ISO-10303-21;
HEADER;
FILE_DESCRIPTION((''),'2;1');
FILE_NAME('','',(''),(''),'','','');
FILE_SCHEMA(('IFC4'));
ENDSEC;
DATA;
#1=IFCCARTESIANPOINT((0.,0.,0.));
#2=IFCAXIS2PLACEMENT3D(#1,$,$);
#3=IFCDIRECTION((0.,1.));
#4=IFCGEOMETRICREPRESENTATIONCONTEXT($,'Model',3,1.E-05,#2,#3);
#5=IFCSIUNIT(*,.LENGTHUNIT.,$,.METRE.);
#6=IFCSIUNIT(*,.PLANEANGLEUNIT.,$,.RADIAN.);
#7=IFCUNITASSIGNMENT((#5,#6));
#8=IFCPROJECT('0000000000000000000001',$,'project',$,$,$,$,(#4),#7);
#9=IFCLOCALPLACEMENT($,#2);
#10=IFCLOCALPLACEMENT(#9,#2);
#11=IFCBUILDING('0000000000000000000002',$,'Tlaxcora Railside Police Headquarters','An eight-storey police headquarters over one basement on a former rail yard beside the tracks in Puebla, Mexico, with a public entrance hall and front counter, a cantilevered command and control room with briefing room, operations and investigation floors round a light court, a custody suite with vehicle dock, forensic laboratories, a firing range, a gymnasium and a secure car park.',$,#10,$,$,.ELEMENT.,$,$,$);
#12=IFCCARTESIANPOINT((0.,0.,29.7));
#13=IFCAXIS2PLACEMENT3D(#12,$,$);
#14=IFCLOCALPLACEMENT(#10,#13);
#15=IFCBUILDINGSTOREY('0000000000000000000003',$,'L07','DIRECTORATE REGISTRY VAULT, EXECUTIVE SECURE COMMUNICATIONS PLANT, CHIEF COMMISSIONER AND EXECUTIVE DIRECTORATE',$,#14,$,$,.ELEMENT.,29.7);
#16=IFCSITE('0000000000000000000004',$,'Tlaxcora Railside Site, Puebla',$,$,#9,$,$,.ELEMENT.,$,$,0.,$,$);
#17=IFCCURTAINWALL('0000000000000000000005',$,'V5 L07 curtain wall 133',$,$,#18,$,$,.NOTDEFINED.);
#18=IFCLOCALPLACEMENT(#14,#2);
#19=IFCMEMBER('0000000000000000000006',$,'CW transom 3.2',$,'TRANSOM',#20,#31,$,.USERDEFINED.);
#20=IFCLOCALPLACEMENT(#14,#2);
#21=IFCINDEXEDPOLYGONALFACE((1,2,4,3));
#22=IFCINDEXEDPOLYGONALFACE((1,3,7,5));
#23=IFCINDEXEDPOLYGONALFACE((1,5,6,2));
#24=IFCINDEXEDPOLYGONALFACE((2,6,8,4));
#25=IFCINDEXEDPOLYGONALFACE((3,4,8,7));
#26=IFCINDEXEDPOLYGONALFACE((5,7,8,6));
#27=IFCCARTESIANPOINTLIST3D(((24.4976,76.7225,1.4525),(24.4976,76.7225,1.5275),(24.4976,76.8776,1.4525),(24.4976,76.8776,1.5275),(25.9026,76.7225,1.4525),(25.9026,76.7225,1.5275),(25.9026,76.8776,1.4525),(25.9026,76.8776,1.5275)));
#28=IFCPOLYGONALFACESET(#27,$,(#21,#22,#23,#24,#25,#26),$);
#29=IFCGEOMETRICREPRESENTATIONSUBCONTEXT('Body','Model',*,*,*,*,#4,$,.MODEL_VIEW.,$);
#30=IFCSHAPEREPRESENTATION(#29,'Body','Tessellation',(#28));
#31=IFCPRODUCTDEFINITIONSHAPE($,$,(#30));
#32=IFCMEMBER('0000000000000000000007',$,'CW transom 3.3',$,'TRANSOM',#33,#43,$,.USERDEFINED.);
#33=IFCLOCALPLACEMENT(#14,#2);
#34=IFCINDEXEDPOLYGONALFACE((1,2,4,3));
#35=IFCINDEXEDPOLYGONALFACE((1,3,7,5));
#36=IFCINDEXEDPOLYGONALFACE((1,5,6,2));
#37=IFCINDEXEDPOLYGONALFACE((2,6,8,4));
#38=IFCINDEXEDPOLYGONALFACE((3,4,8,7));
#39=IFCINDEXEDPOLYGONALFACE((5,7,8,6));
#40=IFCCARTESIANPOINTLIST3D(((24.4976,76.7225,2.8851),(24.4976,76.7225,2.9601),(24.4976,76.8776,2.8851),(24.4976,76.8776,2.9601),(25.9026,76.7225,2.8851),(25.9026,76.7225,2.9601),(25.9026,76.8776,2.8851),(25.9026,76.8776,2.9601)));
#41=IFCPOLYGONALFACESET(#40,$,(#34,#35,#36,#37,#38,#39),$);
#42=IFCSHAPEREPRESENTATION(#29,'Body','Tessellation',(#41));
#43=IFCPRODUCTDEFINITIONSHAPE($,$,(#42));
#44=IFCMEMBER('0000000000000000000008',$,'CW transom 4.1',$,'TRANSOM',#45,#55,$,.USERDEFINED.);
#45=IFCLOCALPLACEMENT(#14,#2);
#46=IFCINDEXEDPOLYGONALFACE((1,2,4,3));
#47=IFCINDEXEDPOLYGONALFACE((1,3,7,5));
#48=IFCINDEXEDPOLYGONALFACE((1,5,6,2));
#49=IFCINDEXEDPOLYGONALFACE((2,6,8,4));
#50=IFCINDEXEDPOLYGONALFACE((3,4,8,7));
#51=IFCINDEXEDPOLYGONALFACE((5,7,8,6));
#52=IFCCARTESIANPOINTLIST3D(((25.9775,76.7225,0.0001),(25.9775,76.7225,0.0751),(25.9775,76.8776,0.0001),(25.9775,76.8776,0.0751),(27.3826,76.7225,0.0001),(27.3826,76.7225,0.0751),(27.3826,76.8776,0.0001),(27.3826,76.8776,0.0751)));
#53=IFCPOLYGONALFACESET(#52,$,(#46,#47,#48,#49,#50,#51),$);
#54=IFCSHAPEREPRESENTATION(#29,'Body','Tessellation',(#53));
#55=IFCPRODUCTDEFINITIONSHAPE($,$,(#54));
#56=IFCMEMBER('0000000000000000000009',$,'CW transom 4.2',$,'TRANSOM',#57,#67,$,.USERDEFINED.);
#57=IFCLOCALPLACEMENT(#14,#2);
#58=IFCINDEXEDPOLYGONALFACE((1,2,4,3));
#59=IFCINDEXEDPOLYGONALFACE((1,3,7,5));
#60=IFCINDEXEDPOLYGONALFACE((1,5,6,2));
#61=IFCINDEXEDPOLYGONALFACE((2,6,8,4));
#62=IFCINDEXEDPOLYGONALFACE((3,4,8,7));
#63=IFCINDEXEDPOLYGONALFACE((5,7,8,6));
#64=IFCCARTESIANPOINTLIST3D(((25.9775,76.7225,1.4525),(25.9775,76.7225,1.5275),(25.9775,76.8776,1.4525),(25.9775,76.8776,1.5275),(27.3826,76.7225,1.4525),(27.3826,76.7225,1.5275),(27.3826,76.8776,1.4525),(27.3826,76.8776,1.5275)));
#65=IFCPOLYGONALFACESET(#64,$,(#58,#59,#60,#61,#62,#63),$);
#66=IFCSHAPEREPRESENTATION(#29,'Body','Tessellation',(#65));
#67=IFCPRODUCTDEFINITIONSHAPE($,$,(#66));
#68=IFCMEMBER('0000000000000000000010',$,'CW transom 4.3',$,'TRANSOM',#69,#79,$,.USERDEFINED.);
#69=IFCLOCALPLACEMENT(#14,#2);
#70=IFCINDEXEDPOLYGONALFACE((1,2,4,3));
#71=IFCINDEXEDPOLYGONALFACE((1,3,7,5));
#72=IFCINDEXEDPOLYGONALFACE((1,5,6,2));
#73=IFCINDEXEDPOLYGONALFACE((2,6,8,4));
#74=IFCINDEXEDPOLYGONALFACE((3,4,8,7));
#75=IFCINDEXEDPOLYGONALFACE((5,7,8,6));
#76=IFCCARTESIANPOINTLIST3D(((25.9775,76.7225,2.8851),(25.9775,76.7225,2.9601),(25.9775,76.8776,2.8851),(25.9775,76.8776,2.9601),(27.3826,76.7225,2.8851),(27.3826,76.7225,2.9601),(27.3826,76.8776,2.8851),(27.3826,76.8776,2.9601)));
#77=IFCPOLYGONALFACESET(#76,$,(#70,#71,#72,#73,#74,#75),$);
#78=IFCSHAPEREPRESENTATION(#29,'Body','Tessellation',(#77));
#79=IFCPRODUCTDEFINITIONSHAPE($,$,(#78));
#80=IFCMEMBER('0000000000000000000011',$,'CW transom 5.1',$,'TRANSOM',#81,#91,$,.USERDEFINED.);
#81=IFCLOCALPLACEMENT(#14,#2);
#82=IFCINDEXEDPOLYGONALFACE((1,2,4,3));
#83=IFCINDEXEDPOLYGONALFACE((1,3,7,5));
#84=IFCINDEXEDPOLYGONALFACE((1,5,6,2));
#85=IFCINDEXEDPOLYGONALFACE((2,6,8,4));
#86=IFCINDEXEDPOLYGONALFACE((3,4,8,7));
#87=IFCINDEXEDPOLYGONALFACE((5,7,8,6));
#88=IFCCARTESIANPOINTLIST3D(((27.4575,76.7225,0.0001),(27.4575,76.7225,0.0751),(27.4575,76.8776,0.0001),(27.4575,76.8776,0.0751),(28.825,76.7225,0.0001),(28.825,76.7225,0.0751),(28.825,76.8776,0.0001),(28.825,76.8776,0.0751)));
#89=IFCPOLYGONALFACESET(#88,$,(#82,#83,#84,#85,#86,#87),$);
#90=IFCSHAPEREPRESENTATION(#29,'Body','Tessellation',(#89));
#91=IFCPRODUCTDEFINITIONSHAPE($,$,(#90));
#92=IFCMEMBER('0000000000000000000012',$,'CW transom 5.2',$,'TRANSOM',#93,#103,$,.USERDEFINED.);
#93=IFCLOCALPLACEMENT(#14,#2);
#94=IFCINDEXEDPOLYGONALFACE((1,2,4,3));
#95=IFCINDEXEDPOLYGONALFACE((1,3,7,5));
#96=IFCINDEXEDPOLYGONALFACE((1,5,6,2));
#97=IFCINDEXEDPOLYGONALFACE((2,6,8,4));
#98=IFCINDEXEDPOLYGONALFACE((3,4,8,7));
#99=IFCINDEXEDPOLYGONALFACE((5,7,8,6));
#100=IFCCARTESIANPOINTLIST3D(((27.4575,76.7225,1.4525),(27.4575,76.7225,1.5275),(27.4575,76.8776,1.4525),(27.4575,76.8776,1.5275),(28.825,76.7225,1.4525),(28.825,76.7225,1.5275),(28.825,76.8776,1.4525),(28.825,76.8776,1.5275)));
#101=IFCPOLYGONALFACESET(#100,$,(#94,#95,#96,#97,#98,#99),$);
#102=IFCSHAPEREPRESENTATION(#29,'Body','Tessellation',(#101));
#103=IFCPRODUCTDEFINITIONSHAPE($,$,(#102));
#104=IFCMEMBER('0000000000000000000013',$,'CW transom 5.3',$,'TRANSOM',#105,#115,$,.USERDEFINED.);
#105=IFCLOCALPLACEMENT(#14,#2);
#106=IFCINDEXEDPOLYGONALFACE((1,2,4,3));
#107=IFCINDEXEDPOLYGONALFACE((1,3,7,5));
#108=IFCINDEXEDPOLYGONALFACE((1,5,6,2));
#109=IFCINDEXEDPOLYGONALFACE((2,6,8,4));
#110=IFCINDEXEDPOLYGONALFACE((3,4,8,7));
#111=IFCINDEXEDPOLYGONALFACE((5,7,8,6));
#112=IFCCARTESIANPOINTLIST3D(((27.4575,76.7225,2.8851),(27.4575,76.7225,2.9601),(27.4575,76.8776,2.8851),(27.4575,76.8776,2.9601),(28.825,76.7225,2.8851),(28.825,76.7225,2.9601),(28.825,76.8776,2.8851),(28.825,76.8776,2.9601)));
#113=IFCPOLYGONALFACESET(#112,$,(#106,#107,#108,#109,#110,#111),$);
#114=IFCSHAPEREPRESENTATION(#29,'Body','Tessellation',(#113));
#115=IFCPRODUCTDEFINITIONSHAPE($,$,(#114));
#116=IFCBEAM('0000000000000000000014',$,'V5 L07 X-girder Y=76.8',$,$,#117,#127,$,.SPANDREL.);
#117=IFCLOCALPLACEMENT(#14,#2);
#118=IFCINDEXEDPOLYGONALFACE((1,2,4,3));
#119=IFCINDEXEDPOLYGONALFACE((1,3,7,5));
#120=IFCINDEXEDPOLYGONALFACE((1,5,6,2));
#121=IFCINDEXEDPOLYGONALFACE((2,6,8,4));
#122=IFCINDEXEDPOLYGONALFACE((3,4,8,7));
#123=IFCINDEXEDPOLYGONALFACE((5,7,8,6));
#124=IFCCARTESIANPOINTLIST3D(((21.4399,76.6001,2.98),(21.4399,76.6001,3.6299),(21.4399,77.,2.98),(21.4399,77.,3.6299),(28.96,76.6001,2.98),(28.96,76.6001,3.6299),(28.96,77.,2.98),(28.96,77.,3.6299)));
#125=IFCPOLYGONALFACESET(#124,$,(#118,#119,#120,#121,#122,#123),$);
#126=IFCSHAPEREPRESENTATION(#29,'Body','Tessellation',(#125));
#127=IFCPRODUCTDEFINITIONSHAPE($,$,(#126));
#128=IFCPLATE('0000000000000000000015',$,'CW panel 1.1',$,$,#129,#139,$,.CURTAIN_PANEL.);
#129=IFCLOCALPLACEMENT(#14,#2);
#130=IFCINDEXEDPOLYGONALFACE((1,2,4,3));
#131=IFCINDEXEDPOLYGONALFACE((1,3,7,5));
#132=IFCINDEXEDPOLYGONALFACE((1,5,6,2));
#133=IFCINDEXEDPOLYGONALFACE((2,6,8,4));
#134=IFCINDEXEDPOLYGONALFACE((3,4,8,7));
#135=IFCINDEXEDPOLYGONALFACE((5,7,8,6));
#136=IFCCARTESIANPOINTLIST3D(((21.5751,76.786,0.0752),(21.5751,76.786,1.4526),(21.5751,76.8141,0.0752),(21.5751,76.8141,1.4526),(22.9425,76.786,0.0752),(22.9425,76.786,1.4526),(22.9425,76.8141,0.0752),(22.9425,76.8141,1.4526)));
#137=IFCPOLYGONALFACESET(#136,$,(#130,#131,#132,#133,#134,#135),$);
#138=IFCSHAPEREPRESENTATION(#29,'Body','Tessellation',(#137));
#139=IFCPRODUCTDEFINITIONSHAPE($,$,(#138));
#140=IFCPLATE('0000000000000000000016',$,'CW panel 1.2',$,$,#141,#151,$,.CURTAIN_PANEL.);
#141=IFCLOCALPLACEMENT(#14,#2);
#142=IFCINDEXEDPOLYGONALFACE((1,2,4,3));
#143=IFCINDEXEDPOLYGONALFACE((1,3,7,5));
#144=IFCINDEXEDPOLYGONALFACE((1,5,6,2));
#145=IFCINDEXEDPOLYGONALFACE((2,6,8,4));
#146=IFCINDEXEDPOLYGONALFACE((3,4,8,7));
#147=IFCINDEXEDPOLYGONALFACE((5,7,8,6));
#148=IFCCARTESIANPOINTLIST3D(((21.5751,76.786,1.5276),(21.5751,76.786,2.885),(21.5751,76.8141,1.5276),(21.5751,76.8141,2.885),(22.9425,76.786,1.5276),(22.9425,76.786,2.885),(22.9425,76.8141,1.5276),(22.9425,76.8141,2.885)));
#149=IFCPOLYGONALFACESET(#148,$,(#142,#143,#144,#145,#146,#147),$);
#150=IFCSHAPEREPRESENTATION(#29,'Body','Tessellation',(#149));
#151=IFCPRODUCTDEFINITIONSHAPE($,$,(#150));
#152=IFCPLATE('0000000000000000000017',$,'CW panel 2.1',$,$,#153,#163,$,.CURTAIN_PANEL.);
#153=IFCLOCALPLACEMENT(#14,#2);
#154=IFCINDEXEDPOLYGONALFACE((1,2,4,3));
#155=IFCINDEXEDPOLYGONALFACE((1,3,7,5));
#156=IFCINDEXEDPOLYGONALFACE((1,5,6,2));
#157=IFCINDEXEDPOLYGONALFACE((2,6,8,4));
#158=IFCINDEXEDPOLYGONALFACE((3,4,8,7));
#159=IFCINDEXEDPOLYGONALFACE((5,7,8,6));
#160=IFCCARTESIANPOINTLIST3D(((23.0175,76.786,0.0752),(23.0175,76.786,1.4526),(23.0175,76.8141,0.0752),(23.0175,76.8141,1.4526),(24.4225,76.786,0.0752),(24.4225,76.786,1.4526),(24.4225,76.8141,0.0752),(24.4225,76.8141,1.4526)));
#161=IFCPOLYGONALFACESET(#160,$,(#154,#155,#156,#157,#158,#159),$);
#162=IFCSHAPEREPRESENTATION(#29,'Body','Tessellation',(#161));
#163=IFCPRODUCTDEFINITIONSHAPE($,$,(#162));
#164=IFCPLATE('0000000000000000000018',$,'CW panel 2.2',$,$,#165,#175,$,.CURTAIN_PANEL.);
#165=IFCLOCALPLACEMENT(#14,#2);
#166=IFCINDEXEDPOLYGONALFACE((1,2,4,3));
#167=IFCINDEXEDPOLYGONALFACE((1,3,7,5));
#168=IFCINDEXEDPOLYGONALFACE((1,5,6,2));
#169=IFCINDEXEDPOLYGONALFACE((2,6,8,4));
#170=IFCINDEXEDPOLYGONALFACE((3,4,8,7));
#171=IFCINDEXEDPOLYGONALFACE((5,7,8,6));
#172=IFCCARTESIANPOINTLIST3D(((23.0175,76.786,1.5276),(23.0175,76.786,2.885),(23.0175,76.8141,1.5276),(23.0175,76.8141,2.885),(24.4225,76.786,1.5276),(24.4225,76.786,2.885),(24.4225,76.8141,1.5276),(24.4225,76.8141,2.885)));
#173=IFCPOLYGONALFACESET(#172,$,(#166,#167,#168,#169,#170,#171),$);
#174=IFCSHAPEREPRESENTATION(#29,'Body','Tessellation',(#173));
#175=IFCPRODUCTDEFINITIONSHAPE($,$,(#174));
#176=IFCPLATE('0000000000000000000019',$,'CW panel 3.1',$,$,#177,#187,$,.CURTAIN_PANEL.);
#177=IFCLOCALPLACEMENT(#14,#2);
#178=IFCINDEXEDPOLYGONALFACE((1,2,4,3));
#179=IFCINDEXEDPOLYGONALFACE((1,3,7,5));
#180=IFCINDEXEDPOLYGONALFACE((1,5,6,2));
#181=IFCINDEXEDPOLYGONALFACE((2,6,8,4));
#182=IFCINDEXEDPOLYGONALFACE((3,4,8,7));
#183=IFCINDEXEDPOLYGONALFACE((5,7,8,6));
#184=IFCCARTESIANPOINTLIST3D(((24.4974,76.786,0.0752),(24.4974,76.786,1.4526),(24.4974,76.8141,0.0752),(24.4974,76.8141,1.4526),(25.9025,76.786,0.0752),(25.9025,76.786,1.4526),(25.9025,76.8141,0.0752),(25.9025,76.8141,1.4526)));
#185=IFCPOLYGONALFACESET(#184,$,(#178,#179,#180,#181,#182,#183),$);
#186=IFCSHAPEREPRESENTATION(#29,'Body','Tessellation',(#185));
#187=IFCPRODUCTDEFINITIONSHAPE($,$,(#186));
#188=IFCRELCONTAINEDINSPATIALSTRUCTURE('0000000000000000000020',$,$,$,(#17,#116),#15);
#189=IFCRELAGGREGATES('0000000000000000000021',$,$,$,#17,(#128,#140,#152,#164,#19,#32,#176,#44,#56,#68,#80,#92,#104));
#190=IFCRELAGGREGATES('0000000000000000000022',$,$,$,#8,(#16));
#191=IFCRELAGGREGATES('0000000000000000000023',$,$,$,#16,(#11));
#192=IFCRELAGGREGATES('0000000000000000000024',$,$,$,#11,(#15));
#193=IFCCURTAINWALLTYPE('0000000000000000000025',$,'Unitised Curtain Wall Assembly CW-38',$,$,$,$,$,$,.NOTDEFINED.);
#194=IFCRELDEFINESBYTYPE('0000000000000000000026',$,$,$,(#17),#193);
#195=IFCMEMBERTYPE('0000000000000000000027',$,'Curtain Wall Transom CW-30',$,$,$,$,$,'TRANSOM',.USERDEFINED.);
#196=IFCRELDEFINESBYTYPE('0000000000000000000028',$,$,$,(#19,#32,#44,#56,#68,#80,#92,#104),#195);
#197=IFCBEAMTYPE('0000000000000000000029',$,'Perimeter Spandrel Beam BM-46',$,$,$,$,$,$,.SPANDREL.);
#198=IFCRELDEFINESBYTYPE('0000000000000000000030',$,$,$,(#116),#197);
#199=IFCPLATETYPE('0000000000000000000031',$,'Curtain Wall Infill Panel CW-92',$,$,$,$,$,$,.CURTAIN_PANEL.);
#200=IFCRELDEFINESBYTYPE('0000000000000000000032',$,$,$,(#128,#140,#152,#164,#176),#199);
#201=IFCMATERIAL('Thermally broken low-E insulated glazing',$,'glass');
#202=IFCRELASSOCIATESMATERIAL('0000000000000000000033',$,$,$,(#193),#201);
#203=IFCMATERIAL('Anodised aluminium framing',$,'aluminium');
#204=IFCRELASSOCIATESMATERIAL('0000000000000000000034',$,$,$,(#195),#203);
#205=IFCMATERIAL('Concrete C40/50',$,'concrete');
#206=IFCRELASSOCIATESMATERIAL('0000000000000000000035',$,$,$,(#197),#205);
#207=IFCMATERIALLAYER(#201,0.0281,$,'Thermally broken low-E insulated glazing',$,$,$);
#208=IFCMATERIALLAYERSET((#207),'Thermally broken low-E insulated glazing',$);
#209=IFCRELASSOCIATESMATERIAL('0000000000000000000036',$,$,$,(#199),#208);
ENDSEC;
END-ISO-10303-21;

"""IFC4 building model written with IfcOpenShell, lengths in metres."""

from ifc_helpers import new_model, si_unit, direction, frame, origin, origin_2d, place, context, subcontext, project, spatial, rectangle, extrude, material, layer, layer_set, material_profile, profile_set, type_object, element, aggregate, save


model = new_model("IFC4")

# Units and contexts
model_context = context("Model", 3, precision=1e-05, world=origin(), true_north=direction((0.0, 1.0)))
body_context = subcontext(model_context, "Body", "Model", "MODEL_VIEW")
ifc_project = project(units=[si_unit("LENGTHUNIT", "METRE"), si_unit("PLANEANGLEUNIT", "RADIAN")], contexts=[model_context])

# Site, building, storey
site_placement = place(None, origin())
site = spatial("IfcSite", under=ifc_project, at=site_placement, Name="Tlaxcora Railside Site, Puebla", CompositionType="ELEMENT", RefElevation=0.0)
building_placement = place(site_placement, origin())
building = spatial("IfcBuilding", under=site, at=building_placement, Name="Tlaxcora Railside Police Headquarters", Description="An eight-storey police headquarters over one basement on a former rail yard beside the tracks in Puebla, Mexico, with a public entrance hall and front counter, a cantilevered command and control room with briefing room, operations and investigation floors round a light court, a custody suite with vehicle dock, forensic laboratories, a firing range, a gymnasium and a secure car park.", CompositionType="ELEMENT")
storey_placement = place(building_placement, frame((0.0, 0.0, 29.7)))
storey = spatial("IfcBuildingStorey", under=building, at=storey_placement, Name="L07", Description="DIRECTORATE REGISTRY VAULT, EXECUTIVE SECURE COMMUNICATIONS PLANT, CHIEF COMMISSIONER AND EXECUTIVE DIRECTORATE", CompositionType="ELEMENT", Elevation=29.7)

# Shared definitions
ifc_material_1 = material(Name="Concrete C40/50", Category="concrete")

# Curtain wall, members
ifc_material_2 = material(Name="Thermally broken low-E insulated glazing", Category="glass")
curtain_wall_type = type_object("IfcCurtainWallType", Name="Unitised Curtain Wall Assembly CW-38", PredefinedType="NOTDEFINED", material=ifc_material_2)
curtain_wall_placement = place(storey_placement, origin())
curtain_wall = element("IfcCurtainWall", 1, at=curtain_wall_placement, inside=storey, type_object=curtain_wall_type, Name="V5 L07 curtain wall 133", PredefinedType="NOTDEFINED")
ifc_material_3 = material(Name="Anodised aluminium framing", Category="aluminium")
ifc_material_profile_1 = material_profile(ifc_material_3, rectangle(XDim=0.155, YDim=0.075, at=origin_2d()), Name="AL75X155")
ifc_profile_set_1 = profile_set([ifc_material_profile_1], Name="Anodised aluminium framing")
member_type_1 = type_object("IfcMemberType", Name="Curtain Wall Transom CW-30", ElementType="TRANSOM", PredefinedType="USERDEFINED", material=ifc_profile_set_1)
member_1_placement = place(storey_placement, frame((24.4976, 76.8, 1.49), z_axis=(1.0, 0.0, 0.0), x_axis=(0.0, 1.0, 0.0)))
member_1 = element("IfcMember", 2, at=member_1_placement, type_object=member_type_1, Name="CW transom 3.2", ObjectType="TRANSOM", PredefinedType="USERDEFINED", context=body_context, shape_type="SweptSolid", body=[
    extrude(rectangle(XDim=0.155, YDim=0.075, at=origin_2d()), origin(), (0.0, 0.0, 1.0), 1.405),
])
member_2_placement = place(storey_placement, frame((24.4976, 76.8, 2.9226), z_axis=(1.0, 0.0, 0.0), x_axis=(0.0, 1.0, 0.0)))
member_2 = element("IfcMember", 3, at=member_2_placement, type_object=member_type_1, Name="CW transom 3.3", ObjectType="TRANSOM", PredefinedType="USERDEFINED", context=body_context, shape_type="SweptSolid", body=[
    extrude(rectangle(XDim=0.155, YDim=0.075, at=origin_2d()), origin(), (0.0, 0.0, 1.0), 1.405),
])
member_3_placement = place(storey_placement, frame((25.9775, 76.8, 0.0376), z_axis=(1.0, 0.0, 0.0), x_axis=(0.0, 1.0, 0.0)))
member_3 = element("IfcMember", 4, at=member_3_placement, type_object=member_type_1, Name="CW transom 4.1", ObjectType="TRANSOM", PredefinedType="USERDEFINED", context=body_context, shape_type="SweptSolid", body=[
    extrude(rectangle(XDim=0.155, YDim=0.075, at=origin_2d()), origin(), (0.0, 0.0, 1.0), 1.405),
])
member_4_placement = place(storey_placement, frame((25.9775, 76.8, 1.49), z_axis=(1.0, 0.0, 0.0), x_axis=(0.0, 1.0, 0.0)))
member_4 = element("IfcMember", 5, at=member_4_placement, type_object=member_type_1, Name="CW transom 4.2", ObjectType="TRANSOM", PredefinedType="USERDEFINED", context=body_context, shape_type="SweptSolid", body=[
    extrude(rectangle(XDim=0.155, YDim=0.075, at=origin_2d()), origin(), (0.0, 0.0, 1.0), 1.405),
])
member_5_placement = place(storey_placement, frame((25.9775, 76.8, 2.9226), z_axis=(1.0, 0.0, 0.0), x_axis=(0.0, 1.0, 0.0)))
member_5 = element("IfcMember", 6, at=member_5_placement, type_object=member_type_1, Name="CW transom 4.3", ObjectType="TRANSOM", PredefinedType="USERDEFINED", context=body_context, shape_type="SweptSolid", body=[
    extrude(rectangle(XDim=0.155, YDim=0.075, at=origin_2d()), origin(), (0.0, 0.0, 1.0), 1.405),
])
member_6_placement = place(storey_placement, frame((27.4575, 76.8, 0.0376), z_axis=(1.0, 0.0, 0.0), x_axis=(0.0, 1.0, 0.0)))
member_6 = element("IfcMember", 7, at=member_6_placement, type_object=member_type_1, Name="CW transom 5.1", ObjectType="TRANSOM", PredefinedType="USERDEFINED", context=body_context, shape_type="SweptSolid", body=[
    extrude(rectangle(XDim=0.155, YDim=0.075, at=origin_2d()), origin(), (0.0, 0.0, 1.0), 1.3674),
])
member_7_placement = place(storey_placement, frame((27.4575, 76.8, 1.49), z_axis=(1.0, 0.0, 0.0), x_axis=(0.0, 1.0, 0.0)))
member_7 = element("IfcMember", 8, at=member_7_placement, type_object=member_type_1, Name="CW transom 5.2", ObjectType="TRANSOM", PredefinedType="USERDEFINED", context=body_context, shape_type="SweptSolid", body=[
    extrude(rectangle(XDim=0.155, YDim=0.075, at=origin_2d()), origin(), (0.0, 0.0, 1.0), 1.3674),
])
member_8_placement = place(storey_placement, frame((27.4575, 76.8, 2.9226), z_axis=(1.0, 0.0, 0.0), x_axis=(0.0, 1.0, 0.0)))
member_8 = element("IfcMember", 9, at=member_8_placement, type_object=member_type_1, Name="CW transom 5.3", ObjectType="TRANSOM", PredefinedType="USERDEFINED", context=body_context, shape_type="SweptSolid", body=[
    extrude(rectangle(XDim=0.155, YDim=0.075, at=origin_2d()), origin(), (0.0, 0.0, 1.0), 1.3674),
])

# Beam
ifc_material_profile_2 = material_profile(ifc_material_1, rectangle(XDim=0.3999, YDim=0.6499, at=origin_2d()), Name="RC400X650")
ifc_profile_set_2 = profile_set([ifc_material_profile_2], Name="Concrete C40/50")
beam_type = type_object("IfcBeamType", Name="Perimeter Spandrel Beam BM-46", PredefinedType="SPANDREL", material=ifc_profile_set_2)
beam_placement = place(storey_placement, frame((21.4399, 76.8, 3.3049), z_axis=(1.0, 0.0, 0.0), x_axis=(0.0, 1.0, 0.0)))
element("IfcBeam", 10, at=beam_placement, inside=storey, type_object=beam_type, Name="V5 L07 X-girder Y=76.8", PredefinedType="SPANDREL", context=body_context, shape_type="SweptSolid", body=[
    extrude(rectangle(XDim=0.3999, YDim=0.6499, at=origin_2d()), origin(), (0.0, 0.0, 1.0), 7.52),
])

# Plates
ifc_layer_1 = layer(ifc_material_2, 0.0281, Name="Thermally broken low-E insulated glazing")
ifc_layer_set_1 = layer_set([ifc_layer_1], Name="Thermally broken low-E insulated glazing")
plate_type = type_object("IfcPlateType", Name="Curtain Wall Infill Panel CW-92", PredefinedType="CURTAIN_PANEL", material=ifc_layer_set_1)
plate_1_placement = place(storey_placement, frame((22.2588, 76.8, 0.0752), z_axis=(0.0, 0.0, 1.0), x_axis=(1.0, 0.0, 0.0)))
plate_1 = element("IfcPlate", 11, at=plate_1_placement, type_object=plate_type, Name="CW panel 1.1", PredefinedType="CURTAIN_PANEL", context=body_context, shape_type="SweptSolid", body=[
    extrude(rectangle(XDim=1.3674, YDim=0.0281, at=origin_2d()), origin(), (0.0, 0.0, 1.0), 1.3774),
])
plate_2_placement = place(storey_placement, frame((22.2588, 76.8, 1.5276), z_axis=(0.0, 0.0, 1.0), x_axis=(1.0, 0.0, 0.0)))
plate_2 = element("IfcPlate", 12, at=plate_2_placement, type_object=plate_type, Name="CW panel 1.2", PredefinedType="CURTAIN_PANEL", context=body_context, shape_type="SweptSolid", body=[
    extrude(rectangle(XDim=1.3674, YDim=0.0281, at=origin_2d()), origin(), (0.0, 0.0, 1.0), 1.3574),
])
plate_3_placement = place(storey_placement, frame((23.72, 76.8, 0.0752), z_axis=(0.0, 0.0, 1.0), x_axis=(1.0, 0.0, 0.0)))
plate_3 = element("IfcPlate", 13, at=plate_3_placement, type_object=plate_type, Name="CW panel 2.1", PredefinedType="CURTAIN_PANEL", context=body_context, shape_type="SweptSolid", body=[
    extrude(rectangle(XDim=1.405, YDim=0.0281, at=origin_2d()), origin(), (0.0, 0.0, 1.0), 1.3774),
])
plate_4_placement = place(storey_placement, frame((23.72, 76.8, 1.5276), z_axis=(0.0, 0.0, 1.0), x_axis=(1.0, 0.0, 0.0)))
plate_4 = element("IfcPlate", 14, at=plate_4_placement, type_object=plate_type, Name="CW panel 2.2", PredefinedType="CURTAIN_PANEL", context=body_context, shape_type="SweptSolid", body=[
    extrude(rectangle(XDim=1.405, YDim=0.0281, at=origin_2d()), origin(), (0.0, 0.0, 1.0), 1.3574),
])
plate_5_placement = place(storey_placement, frame((25.2, 76.8, 0.0752), z_axis=(0.0, 0.0, 1.0), x_axis=(1.0, 0.0, 0.0)))
plate_5 = element("IfcPlate", 15, at=plate_5_placement, type_object=plate_type, Name="CW panel 3.1", PredefinedType="CURTAIN_PANEL", context=body_context, shape_type="SweptSolid", body=[
    extrude(rectangle(XDim=1.405, YDim=0.0281, at=origin_2d()), origin(), (0.0, 0.0, 1.0), 1.3774),
])
aggregate(curtain_wall, [plate_1, plate_2, plate_3, plate_4, member_1, member_2, plate_5, member_3, member_4, member_5, member_6, member_7, member_8])

save(model, "model.ifc")
